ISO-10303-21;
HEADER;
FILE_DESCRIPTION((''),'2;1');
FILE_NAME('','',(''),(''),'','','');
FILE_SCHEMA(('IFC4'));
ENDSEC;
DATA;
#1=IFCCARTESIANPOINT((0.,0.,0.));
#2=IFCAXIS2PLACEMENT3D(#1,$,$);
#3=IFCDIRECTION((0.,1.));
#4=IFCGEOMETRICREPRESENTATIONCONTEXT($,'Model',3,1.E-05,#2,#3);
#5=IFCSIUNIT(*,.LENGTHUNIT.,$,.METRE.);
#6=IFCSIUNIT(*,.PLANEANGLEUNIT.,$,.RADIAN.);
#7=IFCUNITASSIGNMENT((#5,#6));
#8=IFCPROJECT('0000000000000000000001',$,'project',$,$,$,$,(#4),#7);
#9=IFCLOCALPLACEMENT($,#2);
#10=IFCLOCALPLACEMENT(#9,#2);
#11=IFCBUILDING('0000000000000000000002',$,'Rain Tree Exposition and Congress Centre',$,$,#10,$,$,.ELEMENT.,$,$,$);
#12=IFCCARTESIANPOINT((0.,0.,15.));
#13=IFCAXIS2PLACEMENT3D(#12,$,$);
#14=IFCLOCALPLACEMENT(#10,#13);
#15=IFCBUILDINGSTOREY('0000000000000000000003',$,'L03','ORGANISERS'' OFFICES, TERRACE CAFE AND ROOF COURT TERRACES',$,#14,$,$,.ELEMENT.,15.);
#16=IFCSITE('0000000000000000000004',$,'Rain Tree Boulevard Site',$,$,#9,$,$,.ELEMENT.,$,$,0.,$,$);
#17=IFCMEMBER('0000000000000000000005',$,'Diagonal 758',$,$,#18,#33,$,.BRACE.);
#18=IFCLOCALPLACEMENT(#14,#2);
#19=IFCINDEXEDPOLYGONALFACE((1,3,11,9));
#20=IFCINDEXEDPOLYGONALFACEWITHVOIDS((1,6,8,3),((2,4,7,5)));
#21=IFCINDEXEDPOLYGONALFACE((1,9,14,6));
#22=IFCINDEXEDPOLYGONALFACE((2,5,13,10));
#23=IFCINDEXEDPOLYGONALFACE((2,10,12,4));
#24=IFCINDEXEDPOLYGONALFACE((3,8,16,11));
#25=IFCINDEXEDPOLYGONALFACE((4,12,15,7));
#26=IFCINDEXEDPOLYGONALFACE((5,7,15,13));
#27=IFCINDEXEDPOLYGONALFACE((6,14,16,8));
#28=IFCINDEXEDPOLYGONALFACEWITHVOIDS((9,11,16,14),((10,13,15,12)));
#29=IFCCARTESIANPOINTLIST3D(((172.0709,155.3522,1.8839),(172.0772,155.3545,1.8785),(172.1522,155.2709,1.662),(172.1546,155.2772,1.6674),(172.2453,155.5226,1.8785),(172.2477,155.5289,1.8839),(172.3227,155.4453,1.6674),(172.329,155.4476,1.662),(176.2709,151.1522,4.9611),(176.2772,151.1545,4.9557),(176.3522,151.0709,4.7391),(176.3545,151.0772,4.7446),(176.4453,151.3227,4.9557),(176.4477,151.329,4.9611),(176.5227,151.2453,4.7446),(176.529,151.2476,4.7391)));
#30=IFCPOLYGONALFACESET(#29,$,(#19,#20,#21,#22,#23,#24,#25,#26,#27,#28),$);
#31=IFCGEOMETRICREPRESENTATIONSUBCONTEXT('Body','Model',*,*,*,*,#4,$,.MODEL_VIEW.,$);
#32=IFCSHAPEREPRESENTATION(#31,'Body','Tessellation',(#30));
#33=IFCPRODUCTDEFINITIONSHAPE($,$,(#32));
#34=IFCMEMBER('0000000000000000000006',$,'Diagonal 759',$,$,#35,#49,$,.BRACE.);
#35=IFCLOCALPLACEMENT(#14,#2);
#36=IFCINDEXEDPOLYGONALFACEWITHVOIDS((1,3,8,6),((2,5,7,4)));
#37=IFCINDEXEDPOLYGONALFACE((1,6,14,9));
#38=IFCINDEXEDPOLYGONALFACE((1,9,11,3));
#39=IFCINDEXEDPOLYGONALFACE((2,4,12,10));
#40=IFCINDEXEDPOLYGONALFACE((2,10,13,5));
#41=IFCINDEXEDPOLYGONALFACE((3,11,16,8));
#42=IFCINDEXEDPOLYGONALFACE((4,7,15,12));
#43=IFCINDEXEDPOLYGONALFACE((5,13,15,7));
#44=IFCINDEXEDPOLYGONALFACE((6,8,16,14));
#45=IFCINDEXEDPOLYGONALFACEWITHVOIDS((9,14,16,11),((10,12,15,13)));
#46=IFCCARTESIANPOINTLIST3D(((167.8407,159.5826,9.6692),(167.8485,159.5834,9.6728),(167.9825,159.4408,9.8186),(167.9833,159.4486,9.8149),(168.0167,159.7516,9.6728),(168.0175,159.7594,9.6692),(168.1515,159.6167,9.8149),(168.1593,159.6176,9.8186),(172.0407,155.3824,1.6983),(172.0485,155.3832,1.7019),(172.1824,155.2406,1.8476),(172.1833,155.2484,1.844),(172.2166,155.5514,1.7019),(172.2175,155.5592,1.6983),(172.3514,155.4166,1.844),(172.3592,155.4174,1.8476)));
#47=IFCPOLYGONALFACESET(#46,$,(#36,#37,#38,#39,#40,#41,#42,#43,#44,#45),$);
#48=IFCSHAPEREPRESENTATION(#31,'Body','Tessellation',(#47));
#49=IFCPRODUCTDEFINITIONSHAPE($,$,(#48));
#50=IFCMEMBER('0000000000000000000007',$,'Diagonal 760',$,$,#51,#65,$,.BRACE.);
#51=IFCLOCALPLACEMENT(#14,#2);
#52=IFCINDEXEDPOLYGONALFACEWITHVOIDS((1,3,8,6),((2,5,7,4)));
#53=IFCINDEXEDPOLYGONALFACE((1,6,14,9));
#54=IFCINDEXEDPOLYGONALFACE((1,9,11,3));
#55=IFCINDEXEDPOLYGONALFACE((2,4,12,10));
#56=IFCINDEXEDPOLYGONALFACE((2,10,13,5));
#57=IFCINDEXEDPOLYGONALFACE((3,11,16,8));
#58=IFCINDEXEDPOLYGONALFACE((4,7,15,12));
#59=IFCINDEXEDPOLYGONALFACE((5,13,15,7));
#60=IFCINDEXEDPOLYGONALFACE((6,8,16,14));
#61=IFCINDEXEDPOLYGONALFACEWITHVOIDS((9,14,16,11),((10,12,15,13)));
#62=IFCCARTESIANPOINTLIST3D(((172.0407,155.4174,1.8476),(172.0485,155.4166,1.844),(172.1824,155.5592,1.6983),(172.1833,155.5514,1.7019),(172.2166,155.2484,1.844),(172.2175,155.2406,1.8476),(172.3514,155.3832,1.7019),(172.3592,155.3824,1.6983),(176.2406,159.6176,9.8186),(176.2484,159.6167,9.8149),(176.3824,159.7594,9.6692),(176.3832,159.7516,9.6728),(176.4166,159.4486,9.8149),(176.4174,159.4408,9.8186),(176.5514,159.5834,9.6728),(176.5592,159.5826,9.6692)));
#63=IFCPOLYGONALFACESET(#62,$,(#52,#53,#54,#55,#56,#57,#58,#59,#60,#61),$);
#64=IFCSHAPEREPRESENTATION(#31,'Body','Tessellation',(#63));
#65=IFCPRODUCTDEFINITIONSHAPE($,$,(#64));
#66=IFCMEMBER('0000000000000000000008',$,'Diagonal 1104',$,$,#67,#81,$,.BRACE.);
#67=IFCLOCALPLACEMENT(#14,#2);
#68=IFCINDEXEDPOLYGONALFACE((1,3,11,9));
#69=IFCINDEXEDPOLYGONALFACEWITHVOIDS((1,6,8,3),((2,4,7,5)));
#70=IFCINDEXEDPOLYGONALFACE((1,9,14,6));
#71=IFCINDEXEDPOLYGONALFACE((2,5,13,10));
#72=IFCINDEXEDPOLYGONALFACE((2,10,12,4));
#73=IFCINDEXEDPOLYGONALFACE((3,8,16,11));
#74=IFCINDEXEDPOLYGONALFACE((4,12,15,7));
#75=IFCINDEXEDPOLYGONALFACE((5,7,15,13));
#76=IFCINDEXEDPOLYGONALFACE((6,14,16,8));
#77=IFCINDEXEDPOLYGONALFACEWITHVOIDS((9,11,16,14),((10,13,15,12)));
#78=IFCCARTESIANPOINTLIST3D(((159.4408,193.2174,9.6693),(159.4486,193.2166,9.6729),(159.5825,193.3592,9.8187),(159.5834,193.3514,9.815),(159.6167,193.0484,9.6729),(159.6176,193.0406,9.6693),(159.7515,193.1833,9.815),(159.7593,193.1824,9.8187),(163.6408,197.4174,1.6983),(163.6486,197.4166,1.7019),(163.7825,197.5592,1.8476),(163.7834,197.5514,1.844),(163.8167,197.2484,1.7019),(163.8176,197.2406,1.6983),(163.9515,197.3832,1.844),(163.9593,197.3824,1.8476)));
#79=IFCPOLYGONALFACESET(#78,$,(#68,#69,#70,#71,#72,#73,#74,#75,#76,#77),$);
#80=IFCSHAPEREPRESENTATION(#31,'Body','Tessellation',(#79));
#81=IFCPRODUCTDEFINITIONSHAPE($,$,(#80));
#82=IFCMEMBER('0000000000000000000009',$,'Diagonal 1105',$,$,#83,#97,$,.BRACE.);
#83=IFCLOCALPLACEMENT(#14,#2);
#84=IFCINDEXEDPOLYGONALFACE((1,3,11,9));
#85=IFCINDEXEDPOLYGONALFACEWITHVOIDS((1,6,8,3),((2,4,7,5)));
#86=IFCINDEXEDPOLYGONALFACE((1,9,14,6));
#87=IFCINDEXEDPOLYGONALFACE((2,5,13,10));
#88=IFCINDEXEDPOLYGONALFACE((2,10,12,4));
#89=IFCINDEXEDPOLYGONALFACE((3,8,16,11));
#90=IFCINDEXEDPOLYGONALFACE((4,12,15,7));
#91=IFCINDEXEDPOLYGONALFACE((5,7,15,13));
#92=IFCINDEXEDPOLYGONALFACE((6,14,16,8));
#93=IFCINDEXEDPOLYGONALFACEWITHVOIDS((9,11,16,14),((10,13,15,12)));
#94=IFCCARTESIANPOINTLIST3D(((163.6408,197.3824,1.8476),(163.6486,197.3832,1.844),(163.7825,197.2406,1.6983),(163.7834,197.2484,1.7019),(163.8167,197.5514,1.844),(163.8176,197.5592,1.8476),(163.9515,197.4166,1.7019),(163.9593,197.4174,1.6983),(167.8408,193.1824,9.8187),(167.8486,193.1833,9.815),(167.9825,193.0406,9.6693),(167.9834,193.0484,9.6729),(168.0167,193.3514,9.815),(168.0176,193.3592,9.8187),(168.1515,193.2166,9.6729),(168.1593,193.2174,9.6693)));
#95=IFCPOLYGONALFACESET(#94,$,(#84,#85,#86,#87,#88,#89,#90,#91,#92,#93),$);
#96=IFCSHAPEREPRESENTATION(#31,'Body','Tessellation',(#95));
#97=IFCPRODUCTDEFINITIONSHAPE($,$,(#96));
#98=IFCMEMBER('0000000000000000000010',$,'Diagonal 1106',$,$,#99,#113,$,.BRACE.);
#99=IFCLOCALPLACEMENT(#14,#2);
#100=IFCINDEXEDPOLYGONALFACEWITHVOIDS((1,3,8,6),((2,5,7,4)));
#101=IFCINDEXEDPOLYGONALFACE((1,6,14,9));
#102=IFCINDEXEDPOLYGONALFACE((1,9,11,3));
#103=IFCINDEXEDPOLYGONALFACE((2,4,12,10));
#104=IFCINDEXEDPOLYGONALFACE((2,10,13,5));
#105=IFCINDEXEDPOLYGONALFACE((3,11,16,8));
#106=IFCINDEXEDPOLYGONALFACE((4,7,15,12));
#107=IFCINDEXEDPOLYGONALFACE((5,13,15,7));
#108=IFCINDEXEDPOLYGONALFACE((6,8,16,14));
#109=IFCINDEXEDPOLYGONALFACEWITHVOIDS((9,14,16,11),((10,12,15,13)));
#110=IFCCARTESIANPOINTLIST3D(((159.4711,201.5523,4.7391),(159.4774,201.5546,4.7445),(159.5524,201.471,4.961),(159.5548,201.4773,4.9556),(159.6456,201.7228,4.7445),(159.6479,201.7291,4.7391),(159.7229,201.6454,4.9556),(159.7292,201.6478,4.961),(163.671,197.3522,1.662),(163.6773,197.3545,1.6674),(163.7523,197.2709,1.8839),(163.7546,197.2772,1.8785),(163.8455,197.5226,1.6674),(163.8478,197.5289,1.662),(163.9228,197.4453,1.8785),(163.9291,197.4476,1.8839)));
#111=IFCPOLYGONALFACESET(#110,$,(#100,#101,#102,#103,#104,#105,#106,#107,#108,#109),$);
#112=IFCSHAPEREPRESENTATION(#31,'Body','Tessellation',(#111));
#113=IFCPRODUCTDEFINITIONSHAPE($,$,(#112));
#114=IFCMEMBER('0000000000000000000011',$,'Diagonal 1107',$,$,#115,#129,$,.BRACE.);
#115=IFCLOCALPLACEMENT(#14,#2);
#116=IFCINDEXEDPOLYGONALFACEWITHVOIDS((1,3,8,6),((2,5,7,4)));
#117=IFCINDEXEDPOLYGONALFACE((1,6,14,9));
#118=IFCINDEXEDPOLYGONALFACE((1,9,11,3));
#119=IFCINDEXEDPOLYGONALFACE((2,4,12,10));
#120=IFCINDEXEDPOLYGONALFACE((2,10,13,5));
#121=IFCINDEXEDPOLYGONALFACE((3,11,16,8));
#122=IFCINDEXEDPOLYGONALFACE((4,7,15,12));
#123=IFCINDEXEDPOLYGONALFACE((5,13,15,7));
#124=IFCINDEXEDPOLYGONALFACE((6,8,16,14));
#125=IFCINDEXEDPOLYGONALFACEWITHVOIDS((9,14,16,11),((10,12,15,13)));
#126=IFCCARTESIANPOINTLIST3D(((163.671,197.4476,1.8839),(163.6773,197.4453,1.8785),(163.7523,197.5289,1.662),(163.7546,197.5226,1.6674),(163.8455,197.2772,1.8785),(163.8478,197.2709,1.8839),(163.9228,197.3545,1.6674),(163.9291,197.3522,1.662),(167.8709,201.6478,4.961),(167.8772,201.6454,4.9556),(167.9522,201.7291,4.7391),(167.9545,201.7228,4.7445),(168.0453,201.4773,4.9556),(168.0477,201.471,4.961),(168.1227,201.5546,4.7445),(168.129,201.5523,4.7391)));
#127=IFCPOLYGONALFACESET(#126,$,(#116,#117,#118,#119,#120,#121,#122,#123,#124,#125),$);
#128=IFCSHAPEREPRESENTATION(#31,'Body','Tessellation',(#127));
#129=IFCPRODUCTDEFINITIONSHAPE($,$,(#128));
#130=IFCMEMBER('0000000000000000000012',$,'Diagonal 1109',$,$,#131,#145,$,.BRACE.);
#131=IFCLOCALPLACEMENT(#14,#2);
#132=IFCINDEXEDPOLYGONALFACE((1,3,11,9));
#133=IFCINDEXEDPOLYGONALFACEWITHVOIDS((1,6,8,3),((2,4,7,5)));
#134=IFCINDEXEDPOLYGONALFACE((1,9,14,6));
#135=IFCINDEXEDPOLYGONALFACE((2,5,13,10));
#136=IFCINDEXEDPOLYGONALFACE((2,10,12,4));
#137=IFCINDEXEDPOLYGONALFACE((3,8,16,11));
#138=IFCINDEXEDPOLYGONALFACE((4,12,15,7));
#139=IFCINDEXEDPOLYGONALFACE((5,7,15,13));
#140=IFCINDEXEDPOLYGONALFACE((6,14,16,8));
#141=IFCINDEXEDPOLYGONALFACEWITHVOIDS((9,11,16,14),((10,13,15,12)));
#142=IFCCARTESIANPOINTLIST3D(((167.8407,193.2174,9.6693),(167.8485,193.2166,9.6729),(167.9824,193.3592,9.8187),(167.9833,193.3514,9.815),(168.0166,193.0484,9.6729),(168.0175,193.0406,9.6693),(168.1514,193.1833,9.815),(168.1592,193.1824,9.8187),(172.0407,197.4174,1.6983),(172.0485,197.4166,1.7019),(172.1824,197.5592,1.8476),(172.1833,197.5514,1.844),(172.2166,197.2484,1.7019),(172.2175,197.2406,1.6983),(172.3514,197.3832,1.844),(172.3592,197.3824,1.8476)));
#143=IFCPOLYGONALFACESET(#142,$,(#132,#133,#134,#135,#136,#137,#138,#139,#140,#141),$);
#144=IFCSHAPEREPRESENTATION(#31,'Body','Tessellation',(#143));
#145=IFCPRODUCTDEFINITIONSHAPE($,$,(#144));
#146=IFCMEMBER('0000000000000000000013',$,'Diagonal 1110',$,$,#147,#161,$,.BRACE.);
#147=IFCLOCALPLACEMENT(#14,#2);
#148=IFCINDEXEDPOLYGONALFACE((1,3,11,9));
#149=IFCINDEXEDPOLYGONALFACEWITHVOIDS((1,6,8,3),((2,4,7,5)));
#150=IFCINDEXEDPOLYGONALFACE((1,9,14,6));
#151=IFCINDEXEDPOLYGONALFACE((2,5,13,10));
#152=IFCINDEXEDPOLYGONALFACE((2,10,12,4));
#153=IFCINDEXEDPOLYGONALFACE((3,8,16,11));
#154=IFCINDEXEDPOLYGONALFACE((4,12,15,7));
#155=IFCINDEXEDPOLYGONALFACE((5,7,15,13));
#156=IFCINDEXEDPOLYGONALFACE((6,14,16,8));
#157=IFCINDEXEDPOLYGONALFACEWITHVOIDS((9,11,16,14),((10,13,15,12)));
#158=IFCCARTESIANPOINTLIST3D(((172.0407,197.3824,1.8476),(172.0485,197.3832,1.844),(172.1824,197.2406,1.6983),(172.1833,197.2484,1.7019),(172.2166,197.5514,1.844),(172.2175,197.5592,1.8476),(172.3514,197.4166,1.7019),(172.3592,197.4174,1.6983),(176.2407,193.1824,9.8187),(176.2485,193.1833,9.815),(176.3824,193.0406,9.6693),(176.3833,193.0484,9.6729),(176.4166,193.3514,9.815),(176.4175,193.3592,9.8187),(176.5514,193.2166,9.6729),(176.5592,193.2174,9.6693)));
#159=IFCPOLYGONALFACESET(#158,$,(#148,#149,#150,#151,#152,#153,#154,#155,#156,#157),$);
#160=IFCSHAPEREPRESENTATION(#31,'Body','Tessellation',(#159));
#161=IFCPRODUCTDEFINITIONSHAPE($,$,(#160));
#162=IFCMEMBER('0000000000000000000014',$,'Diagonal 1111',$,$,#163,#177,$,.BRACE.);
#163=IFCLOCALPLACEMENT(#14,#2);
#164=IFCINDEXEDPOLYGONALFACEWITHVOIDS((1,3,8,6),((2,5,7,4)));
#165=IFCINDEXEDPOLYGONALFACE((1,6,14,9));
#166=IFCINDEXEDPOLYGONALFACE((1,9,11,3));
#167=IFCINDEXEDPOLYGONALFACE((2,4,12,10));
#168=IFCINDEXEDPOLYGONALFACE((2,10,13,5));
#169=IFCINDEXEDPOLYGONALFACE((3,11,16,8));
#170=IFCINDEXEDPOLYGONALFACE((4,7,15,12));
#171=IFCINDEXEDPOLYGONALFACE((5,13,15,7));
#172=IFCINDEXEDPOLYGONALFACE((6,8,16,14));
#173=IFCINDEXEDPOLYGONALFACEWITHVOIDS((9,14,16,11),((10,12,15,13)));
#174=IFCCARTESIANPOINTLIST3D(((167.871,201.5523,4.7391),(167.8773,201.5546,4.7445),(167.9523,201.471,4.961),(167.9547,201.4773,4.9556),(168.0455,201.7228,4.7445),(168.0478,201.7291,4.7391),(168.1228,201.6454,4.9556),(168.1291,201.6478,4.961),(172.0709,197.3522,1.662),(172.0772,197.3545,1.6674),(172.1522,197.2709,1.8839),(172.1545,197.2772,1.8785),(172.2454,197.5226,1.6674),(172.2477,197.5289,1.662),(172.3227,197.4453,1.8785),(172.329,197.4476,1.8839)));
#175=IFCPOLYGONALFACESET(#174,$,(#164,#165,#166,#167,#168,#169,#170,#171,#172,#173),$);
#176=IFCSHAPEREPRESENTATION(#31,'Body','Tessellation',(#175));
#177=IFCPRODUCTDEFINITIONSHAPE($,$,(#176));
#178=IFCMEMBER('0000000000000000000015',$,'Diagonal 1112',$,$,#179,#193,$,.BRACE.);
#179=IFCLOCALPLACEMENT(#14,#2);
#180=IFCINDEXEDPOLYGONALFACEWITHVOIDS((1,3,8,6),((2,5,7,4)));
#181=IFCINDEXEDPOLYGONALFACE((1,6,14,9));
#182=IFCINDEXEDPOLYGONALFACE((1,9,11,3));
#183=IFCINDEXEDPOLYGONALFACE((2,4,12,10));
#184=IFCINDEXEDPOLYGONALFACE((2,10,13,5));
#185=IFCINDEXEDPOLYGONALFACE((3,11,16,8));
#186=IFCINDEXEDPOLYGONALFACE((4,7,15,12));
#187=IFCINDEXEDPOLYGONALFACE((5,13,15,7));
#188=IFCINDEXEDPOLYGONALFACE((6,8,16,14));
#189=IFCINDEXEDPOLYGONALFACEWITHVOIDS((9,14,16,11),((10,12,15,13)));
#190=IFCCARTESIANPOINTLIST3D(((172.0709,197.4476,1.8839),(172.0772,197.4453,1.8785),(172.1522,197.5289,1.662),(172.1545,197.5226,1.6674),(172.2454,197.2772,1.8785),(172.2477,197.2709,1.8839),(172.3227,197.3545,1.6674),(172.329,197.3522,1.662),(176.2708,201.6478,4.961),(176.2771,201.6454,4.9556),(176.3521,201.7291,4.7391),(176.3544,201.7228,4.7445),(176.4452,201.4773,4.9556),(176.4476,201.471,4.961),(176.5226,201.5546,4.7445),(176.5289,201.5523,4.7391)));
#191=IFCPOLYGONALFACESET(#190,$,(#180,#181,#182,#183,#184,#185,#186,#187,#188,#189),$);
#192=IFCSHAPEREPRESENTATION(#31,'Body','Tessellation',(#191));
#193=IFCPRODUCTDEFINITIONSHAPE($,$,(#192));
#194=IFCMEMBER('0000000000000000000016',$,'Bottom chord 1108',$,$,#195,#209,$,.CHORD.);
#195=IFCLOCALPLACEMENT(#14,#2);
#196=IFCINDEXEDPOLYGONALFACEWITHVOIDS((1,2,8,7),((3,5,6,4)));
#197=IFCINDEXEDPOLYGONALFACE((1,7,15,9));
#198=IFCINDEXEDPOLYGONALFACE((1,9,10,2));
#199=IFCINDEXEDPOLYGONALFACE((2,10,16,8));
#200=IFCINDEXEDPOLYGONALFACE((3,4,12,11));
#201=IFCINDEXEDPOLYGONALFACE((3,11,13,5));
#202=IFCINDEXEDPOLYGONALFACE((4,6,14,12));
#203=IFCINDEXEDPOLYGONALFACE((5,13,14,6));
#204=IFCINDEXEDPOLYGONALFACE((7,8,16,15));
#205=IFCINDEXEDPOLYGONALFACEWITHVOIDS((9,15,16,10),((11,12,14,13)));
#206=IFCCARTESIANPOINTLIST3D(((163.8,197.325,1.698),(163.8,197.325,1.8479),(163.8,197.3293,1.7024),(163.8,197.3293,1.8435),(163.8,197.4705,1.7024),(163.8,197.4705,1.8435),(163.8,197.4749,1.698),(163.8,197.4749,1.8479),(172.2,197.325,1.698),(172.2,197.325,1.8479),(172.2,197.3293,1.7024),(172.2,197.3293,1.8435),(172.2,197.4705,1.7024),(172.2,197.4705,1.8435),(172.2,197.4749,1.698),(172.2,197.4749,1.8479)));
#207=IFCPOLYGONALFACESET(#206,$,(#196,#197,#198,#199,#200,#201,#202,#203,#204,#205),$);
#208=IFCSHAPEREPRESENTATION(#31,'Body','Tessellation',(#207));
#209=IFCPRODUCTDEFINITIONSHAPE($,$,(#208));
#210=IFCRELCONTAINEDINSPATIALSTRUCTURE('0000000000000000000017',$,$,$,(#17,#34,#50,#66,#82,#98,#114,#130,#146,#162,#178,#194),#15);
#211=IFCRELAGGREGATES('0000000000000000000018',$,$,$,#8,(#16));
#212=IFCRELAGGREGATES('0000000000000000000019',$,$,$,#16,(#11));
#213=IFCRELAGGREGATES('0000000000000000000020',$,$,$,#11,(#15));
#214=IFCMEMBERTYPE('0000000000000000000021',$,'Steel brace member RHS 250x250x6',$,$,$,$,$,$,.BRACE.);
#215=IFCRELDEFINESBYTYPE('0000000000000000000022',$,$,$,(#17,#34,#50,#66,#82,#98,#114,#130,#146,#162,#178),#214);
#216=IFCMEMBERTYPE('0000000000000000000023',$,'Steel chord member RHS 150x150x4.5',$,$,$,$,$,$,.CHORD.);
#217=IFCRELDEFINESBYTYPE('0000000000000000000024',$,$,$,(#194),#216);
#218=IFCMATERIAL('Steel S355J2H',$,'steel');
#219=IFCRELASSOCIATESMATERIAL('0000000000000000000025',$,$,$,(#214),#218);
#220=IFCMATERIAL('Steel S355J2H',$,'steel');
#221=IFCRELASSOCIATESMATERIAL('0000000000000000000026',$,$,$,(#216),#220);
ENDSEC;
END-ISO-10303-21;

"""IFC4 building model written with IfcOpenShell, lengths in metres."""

from ifc_helpers import new_model, si_unit, direction, frame, origin, origin_2d, place, context, subcontext, project, spatial, hollow_rectangle, extrude, material, material_profile, profile_set, type_object, element, save


model = new_model("IFC4")

# Units and contexts
model_context = context("Model", 3, precision=1e-05, world=origin(), true_north=direction((0.0, 1.0)))
body_context = subcontext(model_context, "Body", "Model", "MODEL_VIEW")
ifc_project = project(units=[si_unit("LENGTHUNIT", "METRE"), si_unit("PLANEANGLEUNIT", "RADIAN")], contexts=[model_context])

# Site, building, storey
site_placement = place(None, origin())
site = spatial("IfcSite", under=ifc_project, at=site_placement, Name="Rain Tree Boulevard Site", CompositionType="ELEMENT", RefElevation=0.0)
building_placement = place(site_placement, origin())
building = spatial("IfcBuilding", under=site, at=building_placement, Name="Rain Tree Exposition and Congress Centre", CompositionType="ELEMENT")
storey_placement = place(building_placement, frame((0.0, 0.0, 15.0)))
storey = spatial("IfcBuildingStorey", under=building, at=storey_placement, Name="L03", Description="ORGANISERS' OFFICES, TERRACE CAFE AND ROOF COURT TERRACES", CompositionType="ELEMENT", Elevation=15.0)

# Members
ifc_material_1 = material(Name="Steel S355J2H", Category="steel")
ifc_material_profile_1 = material_profile(ifc_material_1, hollow_rectangle(XDim=0.25, YDim=0.25, WallThickness=0.0061, at=origin_2d()), Name="RHS 250x250x6")
ifc_profile_set_1 = profile_set([ifc_material_profile_1], Name="Steel S355J2H")
member_type_1 = type_object("IfcMemberType", Name="Steel brace member RHS 250x250x6", PredefinedType="BRACE", material=ifc_profile_set_1)
member_1_placement = place(storey_placement, frame((172.2, 155.3999, 1.7729), z_axis=(0.627852, -0.627852, 0.460004), x_axis=(0.707107, 0.707107, 0.0)))
element("IfcMember", 1, at=member_1_placement, inside=storey, type_object=member_type_1, Name="Diagonal 758", PredefinedType="BRACE", context=body_context, shape_type="SweptSolid", body=[
    extrude(hollow_rectangle(XDim=0.25, YDim=0.25, WallThickness=0.0061, at=origin_2d()), origin(), (0.0, 0.0, 1.0), 6.6895),
])
for number, where, z_axis, x_axis, name in (
    (2, (172.2, 155.3999, 1.7729), (-0.422501, 0.422526, 0.801851), (-0.707127, -0.707086, 0.0), "Diagonal 759"),
    (3, (172.2, 155.3999, 1.7729), (0.422501, 0.422526, 0.801851), (-0.707127, 0.707086, 0.0), "Diagonal 760"),
    (4, (163.8, 197.3999, 1.7729), (-0.422506, -0.422506, 0.801859), (0.707107, -0.707107, 0.0), "Diagonal 1104"),
    (5, (163.8, 197.3999, 1.7729), (0.422506, -0.422506, 0.801859), (0.707107, 0.707107, 0.0), "Diagonal 1105"),
):
    element("IfcMember", number, at=place(storey_placement, frame(where, z_axis=z_axis, x_axis=x_axis)), inside=storey, type_object=member_type_1, Name=name, PredefinedType="BRACE", context=body_context, shape_type="SweptSolid", body=[
        extrude(hollow_rectangle(XDim=0.25, YDim=0.25, WallThickness=0.0061, at=origin_2d()), origin(), (0.0, 0.0, 1.0), 9.9407),
    ])
for number, where, z_axis, x_axis, name in (
    (6, (163.8, 197.3999, 1.7729), (-0.627838, 0.627874, 0.459993), (-0.707127, -0.707086, 0.0), "Diagonal 1106"),
    (7, (163.8, 197.3999, 1.7729), (0.627838, 0.627874, 0.459993), (-0.707127, 0.707086, 0.0), "Diagonal 1107"),
):
    element("IfcMember", number, at=place(storey_placement, frame(where, z_axis=z_axis, x_axis=x_axis)), inside=storey, type_object=member_type_1, Name=name, PredefinedType="BRACE", context=body_context, shape_type="SweptSolid", body=[
        extrude(hollow_rectangle(XDim=0.25, YDim=0.25, WallThickness=0.0061, at=origin_2d()), origin(), (0.0, 0.0, 1.0), 6.6895),
    ])
for number, where, z_axis, x_axis, name in (
    (8, (172.2, 197.3999, 1.7729), (-0.422506, -0.422506, 0.801859), (0.707107, -0.707107, 0.0), "Diagonal 1109"),
    (9, (172.2, 197.3999, 1.7729), (0.422506, -0.422506, 0.801859), (0.707107, 0.707107, 0.0), "Diagonal 1110"),
):
    element("IfcMember", number, at=place(storey_placement, frame(where, z_axis=z_axis, x_axis=x_axis)), inside=storey, type_object=member_type_1, Name=name, PredefinedType="BRACE", context=body_context, shape_type="SweptSolid", body=[
        extrude(hollow_rectangle(XDim=0.25, YDim=0.25, WallThickness=0.0061, at=origin_2d()), origin(), (0.0, 0.0, 1.0), 9.9407),
    ])
for number, where, z_axis, x_axis, name in (
    (10, (172.2, 197.3999, 1.7729), (-0.627838, 0.627874, 0.459993), (-0.707127, -0.707086, 0.0), "Diagonal 1111"),
    (11, (172.2, 197.3999, 1.7729), (0.627838, 0.627874, 0.459993), (-0.707127, 0.707086, 0.0), "Diagonal 1112"),
):
    element("IfcMember", number, at=place(storey_placement, frame(where, z_axis=z_axis, x_axis=x_axis)), inside=storey, type_object=member_type_1, Name=name, PredefinedType="BRACE", context=body_context, shape_type="SweptSolid", body=[
        extrude(hollow_rectangle(XDim=0.25, YDim=0.25, WallThickness=0.0061, at=origin_2d()), origin(), (0.0, 0.0, 1.0), 6.6895),
    ])
ifc_material_2 = material(Name="Steel S355J2H", Category="steel")
ifc_material_profile_2 = material_profile(ifc_material_2, hollow_rectangle(XDim=0.1499, YDim=0.1499, WallThickness=0.0044, at=origin_2d()), Name="RHS 150x150x4.5")
ifc_profile_set_2 = profile_set([ifc_material_profile_2], Name="Steel S355J2H")
member_type_2 = type_object("IfcMemberType", Name="Steel chord member RHS 150x150x4.5", PredefinedType="CHORD", material=ifc_profile_set_2)
member_2_placement = place(storey_placement, frame((163.8, 197.3999, 1.7729), z_axis=(1.0, 0.0, 0.0), x_axis=(0.0, 1.0, 0.0)))
element("IfcMember", 12, at=member_2_placement, inside=storey, type_object=member_type_2, Name="Bottom chord 1108", PredefinedType="CHORD", context=body_context, shape_type="SweptSolid", body=[
    extrude(hollow_rectangle(XDim=0.1499, YDim=0.1499, WallThickness=0.0044, at=origin_2d()), origin(), (0.0, 0.0, 1.0), 8.3999),
])

save(model, "model.ifc")
